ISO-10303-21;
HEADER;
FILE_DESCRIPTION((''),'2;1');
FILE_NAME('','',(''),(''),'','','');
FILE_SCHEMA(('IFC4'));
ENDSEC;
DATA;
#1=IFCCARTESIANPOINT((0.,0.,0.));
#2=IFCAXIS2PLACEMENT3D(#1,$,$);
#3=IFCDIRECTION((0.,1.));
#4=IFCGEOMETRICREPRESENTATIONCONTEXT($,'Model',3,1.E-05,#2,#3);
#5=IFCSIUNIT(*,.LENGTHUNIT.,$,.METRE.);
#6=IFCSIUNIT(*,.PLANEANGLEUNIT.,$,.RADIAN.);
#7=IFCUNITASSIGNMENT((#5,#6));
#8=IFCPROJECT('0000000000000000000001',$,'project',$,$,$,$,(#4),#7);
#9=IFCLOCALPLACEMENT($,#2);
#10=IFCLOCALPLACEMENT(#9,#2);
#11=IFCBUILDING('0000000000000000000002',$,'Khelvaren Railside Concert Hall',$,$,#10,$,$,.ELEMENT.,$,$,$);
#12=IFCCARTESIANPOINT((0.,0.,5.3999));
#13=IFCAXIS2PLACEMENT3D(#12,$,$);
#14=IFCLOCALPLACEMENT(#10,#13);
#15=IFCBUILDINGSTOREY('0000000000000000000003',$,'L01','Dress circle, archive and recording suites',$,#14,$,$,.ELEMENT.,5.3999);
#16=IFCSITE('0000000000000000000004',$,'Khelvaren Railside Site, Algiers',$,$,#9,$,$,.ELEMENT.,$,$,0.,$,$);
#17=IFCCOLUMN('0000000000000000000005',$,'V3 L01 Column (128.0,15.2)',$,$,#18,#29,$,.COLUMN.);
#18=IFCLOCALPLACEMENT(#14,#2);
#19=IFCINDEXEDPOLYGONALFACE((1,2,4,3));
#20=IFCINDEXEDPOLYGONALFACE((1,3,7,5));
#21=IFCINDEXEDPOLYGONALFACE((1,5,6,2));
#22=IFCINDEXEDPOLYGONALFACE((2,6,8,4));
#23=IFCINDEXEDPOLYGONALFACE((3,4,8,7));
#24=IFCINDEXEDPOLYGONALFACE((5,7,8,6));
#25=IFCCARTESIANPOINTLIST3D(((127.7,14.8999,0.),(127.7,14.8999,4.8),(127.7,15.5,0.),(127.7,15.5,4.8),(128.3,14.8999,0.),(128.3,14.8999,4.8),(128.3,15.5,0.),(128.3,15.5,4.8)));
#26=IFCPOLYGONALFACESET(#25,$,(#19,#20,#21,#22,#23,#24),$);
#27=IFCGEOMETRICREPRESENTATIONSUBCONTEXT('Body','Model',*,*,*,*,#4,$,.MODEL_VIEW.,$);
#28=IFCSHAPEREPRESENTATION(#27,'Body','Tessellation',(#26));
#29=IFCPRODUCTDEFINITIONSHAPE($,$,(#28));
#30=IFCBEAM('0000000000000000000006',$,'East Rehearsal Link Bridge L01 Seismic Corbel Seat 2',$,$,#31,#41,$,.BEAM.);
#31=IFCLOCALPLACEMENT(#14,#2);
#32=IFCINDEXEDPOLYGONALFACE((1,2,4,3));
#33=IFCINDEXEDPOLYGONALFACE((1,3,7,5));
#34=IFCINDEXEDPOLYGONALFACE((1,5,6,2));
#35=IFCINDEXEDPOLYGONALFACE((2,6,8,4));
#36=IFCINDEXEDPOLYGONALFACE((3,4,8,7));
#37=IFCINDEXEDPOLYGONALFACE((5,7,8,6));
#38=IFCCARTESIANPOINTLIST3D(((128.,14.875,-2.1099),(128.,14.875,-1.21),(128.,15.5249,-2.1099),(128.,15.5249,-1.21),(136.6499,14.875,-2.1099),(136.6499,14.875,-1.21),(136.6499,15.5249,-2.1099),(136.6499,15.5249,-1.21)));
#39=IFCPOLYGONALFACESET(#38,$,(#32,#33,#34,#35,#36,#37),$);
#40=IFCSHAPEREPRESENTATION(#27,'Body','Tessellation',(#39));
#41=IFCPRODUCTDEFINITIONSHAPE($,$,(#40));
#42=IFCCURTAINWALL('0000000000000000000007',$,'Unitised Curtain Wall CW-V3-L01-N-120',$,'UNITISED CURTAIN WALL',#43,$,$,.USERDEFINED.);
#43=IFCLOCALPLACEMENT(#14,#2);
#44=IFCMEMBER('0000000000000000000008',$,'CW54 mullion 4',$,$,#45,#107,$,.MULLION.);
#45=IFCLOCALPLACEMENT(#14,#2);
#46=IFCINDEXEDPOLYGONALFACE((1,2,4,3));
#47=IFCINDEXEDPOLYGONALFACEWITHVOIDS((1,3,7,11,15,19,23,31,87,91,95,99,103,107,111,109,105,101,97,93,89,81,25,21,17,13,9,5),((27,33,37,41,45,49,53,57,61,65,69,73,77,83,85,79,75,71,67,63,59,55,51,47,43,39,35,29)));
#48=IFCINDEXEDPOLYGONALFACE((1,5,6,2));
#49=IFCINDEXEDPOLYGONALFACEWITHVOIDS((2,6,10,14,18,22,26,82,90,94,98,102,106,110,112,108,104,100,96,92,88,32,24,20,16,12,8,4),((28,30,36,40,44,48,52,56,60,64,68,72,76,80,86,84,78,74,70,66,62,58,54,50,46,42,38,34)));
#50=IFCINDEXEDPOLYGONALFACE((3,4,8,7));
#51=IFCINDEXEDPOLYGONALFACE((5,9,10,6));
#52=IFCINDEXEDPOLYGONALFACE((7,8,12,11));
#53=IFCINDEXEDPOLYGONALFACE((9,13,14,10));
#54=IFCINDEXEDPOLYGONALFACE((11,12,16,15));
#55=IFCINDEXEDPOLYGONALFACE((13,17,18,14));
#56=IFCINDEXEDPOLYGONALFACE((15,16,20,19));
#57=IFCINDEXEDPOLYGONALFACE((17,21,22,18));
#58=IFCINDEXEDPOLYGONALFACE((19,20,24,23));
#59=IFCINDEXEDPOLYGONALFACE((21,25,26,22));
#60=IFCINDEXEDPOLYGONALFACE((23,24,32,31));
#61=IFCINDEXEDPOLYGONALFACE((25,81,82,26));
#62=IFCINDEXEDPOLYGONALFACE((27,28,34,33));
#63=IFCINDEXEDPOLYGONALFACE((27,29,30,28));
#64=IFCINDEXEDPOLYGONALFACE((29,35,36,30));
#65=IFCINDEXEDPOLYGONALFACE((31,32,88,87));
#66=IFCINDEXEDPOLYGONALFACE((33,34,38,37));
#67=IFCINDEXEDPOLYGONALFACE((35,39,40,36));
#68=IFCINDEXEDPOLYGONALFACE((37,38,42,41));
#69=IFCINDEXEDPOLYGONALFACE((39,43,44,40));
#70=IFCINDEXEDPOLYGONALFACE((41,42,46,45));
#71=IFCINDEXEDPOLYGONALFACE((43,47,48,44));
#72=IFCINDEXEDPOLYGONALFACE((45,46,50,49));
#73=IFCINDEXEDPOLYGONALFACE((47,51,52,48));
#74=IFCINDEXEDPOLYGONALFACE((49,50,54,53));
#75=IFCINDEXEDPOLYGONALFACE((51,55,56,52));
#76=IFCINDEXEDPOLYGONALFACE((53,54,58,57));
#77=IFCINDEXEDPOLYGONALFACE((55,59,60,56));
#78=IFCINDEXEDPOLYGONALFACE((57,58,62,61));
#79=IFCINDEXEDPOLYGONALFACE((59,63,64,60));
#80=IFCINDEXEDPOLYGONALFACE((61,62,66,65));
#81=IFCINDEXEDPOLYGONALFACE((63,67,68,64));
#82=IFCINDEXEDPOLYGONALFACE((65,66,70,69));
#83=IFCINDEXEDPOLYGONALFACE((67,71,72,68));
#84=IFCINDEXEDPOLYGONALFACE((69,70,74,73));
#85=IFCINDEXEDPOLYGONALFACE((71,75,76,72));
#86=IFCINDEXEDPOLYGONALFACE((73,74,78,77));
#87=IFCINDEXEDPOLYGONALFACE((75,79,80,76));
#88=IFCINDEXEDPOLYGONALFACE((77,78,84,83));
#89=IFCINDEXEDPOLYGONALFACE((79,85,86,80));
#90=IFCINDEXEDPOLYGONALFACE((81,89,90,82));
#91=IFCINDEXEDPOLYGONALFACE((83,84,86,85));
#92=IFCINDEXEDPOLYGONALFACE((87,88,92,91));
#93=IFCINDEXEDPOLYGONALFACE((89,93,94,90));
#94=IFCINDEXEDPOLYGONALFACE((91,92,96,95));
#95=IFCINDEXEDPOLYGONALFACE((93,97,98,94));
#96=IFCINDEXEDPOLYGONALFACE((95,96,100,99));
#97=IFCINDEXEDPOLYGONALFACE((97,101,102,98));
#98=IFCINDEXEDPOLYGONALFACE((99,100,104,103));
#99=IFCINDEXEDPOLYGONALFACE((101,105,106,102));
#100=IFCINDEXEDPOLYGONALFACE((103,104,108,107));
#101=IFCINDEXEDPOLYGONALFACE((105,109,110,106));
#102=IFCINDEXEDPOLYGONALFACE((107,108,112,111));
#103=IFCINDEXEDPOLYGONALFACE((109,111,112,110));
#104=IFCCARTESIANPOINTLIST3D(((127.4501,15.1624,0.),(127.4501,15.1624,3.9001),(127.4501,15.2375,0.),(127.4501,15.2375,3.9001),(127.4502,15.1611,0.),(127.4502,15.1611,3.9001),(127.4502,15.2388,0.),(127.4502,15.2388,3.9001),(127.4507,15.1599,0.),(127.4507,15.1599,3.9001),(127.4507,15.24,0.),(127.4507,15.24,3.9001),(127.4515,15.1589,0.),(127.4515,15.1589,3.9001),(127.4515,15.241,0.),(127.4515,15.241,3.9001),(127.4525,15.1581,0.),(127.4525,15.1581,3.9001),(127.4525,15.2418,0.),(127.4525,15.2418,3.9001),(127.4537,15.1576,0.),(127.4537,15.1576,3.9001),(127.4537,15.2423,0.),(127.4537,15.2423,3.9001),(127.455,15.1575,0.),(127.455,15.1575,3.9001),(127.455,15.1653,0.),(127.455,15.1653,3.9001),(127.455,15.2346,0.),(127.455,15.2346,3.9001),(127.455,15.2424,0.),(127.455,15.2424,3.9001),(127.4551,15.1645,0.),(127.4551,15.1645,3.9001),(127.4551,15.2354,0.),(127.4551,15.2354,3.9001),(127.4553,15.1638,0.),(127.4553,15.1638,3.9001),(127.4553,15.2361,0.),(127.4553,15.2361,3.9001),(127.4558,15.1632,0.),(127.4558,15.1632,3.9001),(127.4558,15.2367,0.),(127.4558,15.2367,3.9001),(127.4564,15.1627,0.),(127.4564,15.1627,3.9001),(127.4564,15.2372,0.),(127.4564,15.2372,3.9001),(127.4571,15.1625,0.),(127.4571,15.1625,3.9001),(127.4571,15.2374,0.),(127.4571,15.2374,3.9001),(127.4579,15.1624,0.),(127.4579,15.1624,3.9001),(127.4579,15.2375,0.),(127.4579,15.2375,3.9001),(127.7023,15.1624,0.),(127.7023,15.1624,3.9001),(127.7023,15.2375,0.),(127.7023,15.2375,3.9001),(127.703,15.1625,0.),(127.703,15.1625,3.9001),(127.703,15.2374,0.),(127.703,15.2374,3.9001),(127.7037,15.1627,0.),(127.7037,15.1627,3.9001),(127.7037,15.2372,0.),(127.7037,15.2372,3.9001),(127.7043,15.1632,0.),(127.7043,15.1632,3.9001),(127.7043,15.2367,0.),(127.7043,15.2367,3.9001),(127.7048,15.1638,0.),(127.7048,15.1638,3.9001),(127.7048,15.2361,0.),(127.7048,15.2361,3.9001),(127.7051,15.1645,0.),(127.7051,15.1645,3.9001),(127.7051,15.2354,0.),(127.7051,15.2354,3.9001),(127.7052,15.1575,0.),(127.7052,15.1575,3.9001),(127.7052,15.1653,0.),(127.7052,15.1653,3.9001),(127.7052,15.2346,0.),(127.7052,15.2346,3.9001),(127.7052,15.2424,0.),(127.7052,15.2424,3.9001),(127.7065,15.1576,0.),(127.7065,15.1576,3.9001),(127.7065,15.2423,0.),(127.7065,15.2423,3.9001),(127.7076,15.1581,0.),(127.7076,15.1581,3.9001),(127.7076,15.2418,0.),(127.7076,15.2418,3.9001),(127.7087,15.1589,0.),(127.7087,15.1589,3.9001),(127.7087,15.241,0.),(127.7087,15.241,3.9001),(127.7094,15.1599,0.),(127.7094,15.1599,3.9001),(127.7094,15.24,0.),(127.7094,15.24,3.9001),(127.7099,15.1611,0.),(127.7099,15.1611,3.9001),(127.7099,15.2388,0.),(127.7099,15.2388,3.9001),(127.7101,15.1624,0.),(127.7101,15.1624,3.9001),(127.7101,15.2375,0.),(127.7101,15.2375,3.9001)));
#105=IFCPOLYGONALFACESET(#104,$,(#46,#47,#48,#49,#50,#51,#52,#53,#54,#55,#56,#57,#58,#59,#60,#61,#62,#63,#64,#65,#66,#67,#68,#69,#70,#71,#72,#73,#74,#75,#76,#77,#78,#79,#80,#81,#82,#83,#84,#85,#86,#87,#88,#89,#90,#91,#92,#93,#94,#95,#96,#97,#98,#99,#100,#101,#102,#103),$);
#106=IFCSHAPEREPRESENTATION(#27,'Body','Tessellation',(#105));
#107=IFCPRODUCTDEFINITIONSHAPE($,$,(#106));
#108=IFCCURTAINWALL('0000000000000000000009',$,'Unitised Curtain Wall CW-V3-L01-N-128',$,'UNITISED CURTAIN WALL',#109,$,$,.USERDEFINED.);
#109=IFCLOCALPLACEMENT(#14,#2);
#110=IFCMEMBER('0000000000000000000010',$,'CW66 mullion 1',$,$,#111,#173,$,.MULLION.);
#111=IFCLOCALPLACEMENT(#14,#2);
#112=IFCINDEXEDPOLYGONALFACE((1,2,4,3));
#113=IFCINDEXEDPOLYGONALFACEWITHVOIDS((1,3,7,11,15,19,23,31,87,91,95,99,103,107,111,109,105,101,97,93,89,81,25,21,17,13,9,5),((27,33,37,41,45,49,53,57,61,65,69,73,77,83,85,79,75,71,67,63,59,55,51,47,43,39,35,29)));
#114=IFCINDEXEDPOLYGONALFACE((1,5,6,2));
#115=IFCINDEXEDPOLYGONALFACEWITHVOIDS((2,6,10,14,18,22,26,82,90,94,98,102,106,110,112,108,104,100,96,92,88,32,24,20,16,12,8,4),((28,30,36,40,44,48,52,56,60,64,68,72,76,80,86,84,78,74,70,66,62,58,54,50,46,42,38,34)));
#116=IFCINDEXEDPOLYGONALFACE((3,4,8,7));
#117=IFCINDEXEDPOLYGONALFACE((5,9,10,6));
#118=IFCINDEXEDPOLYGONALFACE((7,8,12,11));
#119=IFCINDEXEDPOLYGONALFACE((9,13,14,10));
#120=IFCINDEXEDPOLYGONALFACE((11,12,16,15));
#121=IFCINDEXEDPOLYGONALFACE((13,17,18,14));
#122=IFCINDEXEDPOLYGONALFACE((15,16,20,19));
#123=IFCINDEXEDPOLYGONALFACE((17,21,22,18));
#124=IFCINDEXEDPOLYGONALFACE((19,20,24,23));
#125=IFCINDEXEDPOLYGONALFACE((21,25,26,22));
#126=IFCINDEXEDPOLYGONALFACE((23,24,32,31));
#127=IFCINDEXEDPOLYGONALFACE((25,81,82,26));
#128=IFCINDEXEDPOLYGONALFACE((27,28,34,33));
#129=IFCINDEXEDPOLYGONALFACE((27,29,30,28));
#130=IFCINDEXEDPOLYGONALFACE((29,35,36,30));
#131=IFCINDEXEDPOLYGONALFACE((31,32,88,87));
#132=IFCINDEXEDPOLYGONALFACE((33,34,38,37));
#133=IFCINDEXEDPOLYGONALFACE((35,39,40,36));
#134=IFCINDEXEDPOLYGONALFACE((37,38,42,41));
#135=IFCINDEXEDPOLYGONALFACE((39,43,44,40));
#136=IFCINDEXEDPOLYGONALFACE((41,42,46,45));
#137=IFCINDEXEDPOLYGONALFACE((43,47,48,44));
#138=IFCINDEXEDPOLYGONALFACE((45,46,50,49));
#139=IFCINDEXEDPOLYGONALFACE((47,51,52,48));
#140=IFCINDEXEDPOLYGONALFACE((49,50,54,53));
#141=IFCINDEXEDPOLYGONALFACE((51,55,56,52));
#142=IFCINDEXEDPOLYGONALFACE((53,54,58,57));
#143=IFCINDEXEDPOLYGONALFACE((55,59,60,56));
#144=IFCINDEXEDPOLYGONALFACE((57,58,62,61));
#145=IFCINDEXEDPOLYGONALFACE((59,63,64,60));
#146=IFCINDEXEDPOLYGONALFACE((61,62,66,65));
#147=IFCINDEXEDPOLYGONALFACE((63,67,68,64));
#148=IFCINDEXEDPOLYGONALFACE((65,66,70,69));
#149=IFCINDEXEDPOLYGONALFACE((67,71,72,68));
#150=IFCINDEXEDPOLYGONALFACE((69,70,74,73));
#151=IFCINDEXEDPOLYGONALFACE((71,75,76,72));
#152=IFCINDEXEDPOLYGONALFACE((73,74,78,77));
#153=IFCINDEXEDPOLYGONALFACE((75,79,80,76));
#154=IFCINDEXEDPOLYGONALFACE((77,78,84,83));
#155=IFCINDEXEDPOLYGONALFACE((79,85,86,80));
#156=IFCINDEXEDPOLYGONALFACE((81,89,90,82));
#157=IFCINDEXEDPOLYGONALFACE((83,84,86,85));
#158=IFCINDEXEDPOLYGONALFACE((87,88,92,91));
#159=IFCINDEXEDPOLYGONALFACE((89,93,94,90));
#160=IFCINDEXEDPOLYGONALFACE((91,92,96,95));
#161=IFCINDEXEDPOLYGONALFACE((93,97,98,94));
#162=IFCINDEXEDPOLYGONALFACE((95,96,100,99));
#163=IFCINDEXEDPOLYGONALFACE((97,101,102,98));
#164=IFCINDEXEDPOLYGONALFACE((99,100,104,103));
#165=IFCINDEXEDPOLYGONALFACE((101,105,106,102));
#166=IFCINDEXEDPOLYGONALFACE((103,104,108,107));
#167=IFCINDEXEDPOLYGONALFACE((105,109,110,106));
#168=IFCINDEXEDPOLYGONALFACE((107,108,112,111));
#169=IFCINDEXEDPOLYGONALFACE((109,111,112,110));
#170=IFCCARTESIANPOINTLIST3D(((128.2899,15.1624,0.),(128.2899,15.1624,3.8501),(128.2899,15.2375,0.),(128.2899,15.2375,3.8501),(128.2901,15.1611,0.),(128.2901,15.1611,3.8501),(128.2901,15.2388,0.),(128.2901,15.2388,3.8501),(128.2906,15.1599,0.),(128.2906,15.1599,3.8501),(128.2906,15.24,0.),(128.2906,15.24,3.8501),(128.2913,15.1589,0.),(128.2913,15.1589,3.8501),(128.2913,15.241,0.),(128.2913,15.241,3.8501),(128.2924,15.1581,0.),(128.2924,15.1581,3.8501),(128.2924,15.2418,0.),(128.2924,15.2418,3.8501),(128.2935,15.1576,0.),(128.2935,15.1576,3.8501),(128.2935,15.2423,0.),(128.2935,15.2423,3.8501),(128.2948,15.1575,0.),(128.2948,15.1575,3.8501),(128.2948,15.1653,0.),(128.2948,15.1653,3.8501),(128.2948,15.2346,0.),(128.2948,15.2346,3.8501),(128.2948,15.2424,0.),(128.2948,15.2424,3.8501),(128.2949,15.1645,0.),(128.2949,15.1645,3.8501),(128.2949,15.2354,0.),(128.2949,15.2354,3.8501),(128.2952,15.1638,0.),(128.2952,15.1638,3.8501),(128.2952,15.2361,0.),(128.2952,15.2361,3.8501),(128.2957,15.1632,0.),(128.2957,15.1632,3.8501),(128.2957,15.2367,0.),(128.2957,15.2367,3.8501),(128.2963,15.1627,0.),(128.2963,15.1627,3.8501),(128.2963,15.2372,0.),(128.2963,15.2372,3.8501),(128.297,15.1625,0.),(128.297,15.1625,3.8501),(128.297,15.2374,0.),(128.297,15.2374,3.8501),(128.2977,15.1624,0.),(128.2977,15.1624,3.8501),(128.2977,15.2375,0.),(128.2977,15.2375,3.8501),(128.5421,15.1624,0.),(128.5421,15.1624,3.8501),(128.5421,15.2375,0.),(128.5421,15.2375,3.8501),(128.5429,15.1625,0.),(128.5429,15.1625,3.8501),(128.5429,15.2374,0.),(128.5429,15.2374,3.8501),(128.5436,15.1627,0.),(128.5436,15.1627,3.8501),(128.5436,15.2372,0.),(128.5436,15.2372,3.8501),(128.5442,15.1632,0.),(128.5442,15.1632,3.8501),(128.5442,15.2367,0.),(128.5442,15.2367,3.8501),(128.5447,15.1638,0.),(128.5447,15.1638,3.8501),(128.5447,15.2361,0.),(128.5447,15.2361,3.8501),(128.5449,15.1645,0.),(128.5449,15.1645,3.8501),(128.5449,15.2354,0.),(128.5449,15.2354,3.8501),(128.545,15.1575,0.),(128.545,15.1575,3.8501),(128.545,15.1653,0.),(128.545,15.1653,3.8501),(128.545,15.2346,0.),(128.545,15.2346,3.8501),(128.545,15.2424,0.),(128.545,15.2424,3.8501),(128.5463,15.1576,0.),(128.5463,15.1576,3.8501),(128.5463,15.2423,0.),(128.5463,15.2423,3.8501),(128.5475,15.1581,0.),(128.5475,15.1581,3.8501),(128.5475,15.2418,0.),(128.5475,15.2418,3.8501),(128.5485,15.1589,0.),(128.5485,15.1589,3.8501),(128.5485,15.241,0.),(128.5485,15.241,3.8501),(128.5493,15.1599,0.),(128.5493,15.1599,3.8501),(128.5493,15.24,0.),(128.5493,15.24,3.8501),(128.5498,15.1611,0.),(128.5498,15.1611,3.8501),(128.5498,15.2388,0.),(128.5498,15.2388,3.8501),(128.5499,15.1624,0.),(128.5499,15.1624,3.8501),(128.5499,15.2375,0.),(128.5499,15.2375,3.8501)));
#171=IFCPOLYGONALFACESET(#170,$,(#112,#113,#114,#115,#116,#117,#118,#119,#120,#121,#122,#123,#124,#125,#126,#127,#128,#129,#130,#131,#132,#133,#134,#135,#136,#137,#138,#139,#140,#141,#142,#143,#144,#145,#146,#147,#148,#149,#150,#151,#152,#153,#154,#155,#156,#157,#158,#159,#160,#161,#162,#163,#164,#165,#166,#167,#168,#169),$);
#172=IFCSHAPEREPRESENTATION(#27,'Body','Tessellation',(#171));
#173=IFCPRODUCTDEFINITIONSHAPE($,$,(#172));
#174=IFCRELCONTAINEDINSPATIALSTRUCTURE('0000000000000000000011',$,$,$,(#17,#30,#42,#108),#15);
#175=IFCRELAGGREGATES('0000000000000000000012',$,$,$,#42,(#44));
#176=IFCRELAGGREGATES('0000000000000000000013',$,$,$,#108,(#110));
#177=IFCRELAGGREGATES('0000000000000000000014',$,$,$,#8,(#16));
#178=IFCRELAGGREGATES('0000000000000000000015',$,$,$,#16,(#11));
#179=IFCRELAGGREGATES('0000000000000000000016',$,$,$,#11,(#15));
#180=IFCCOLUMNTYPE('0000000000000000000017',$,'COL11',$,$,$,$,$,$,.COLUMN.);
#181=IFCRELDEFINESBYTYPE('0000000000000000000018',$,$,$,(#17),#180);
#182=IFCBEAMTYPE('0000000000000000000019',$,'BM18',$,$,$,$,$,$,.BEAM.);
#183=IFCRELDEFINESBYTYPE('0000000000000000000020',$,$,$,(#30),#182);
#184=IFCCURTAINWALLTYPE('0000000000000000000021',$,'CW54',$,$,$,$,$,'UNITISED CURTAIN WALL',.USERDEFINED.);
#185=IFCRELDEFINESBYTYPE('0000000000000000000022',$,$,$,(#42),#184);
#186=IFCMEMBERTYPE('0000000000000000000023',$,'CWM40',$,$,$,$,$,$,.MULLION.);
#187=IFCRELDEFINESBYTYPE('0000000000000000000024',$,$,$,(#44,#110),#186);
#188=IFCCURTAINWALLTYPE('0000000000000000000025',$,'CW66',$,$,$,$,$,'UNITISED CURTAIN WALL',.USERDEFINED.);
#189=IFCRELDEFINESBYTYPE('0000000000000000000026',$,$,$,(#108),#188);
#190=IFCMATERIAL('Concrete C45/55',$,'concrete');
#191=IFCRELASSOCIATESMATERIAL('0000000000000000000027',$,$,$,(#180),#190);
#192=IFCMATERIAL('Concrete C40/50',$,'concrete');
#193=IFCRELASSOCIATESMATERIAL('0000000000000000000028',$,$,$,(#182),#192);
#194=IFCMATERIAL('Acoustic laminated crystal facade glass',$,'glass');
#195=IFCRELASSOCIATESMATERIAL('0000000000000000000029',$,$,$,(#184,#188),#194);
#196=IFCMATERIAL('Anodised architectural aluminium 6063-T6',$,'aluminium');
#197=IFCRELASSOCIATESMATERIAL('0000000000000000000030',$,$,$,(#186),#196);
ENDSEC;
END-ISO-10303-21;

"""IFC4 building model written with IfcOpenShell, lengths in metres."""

from ifc_helpers import new_model, si_unit, direction, frame, origin, origin_2d, place, context, subcontext, project, spatial, rectangle, hollow_rectangle, extrude, material, material_profile, profile_set, type_object, element, aggregate, save


model = new_model("IFC4")

# Units and contexts
model_context = context("Model", 3, precision=1e-05, world=origin(), true_north=direction((0.0, 1.0)))
body_context = subcontext(model_context, "Body", "Model", "MODEL_VIEW")
ifc_project = project(units=[si_unit("LENGTHUNIT", "METRE"), si_unit("PLANEANGLEUNIT", "RADIAN")], contexts=[model_context])

# Site, building, storey
site_placement = place(None, origin())
site = spatial("IfcSite", under=ifc_project, at=site_placement, Name="Khelvaren Railside Site, Algiers", CompositionType="ELEMENT", RefElevation=0.0)
building_placement = place(site_placement, origin())
building = spatial("IfcBuilding", under=site, at=building_placement, Name="Khelvaren Railside Concert Hall", CompositionType="ELEMENT")
storey_placement = place(building_placement, frame((0.0, 0.0, 5.3999)))
storey = spatial("IfcBuildingStorey", under=building, at=storey_placement, Name="L01", Description="Dress circle, archive and recording suites", CompositionType="ELEMENT", Elevation=5.3999)

# Column
ifc_material_1 = material(Name="Concrete C45/55", Category="concrete")
ifc_material_profile_1 = material_profile(ifc_material_1, rectangle(XDim=0.6001, YDim=0.6001, at=origin_2d()), Name="RC 600x600")
ifc_profile_set_1 = profile_set([ifc_material_profile_1], Name="Concrete C45/55")
column_type = type_object("IfcColumnType", Name="COL11", PredefinedType="COLUMN", material=ifc_profile_set_1)
column_placement = place(storey_placement, frame((128.0, 15.2, 0.0), z_axis=(0.0, 0.0, 1.0), x_axis=(1.0, 0.0, 0.0)))
element("IfcColumn", 1, at=column_placement, inside=storey, type_object=column_type, Name="V3 L01 Column (128.0,15.2)", PredefinedType="COLUMN", context=body_context, shape_type="SweptSolid", body=[
    extrude(rectangle(XDim=0.6001, YDim=0.6001, at=origin_2d()), origin(), (0.0, 0.0, 1.0), 4.8),
])

# Beam
ifc_material_2 = material(Name="Concrete C40/50", Category="concrete")
ifc_material_profile_2 = material_profile(ifc_material_2, rectangle(XDim=0.6499, YDim=0.8999, at=origin_2d()), Name="RCB 650x900")
ifc_profile_set_2 = profile_set([ifc_material_profile_2], Name="Concrete C40/50")
beam_type_1 = type_object("IfcBeamType", Name="BM18", PredefinedType="BEAM", material=ifc_profile_set_2)
beam_1_placement = place(storey_placement, frame((128.0, 15.2, -1.6599), z_axis=(1.0, 0.0, 0.0), x_axis=(0.0, 1.0, 0.0)))
element("IfcBeam", 2, at=beam_1_placement, inside=storey, type_object=beam_type_1, Name="East Rehearsal Link Bridge L01 Seismic Corbel Seat 2", PredefinedType="BEAM", context=body_context, shape_type="SweptSolid", body=[
    extrude(rectangle(XDim=0.6499, YDim=0.8999, at=origin_2d()), origin(), (0.0, 0.0, 1.0), 8.6499),
])

# Curtain wall, member
ifc_material_3 = material(Name="Acoustic laminated crystal facade glass", Category="glass")
curtain_wall_type_1 = type_object("IfcCurtainWallType", Name="CW54", ElementType="UNITISED CURTAIN WALL", PredefinedType="USERDEFINED", material=ifc_material_3)
curtain_wall_1_placement = place(storey_placement, origin())
curtain_wall_1 = element("IfcCurtainWall", 3, at=curtain_wall_1_placement, inside=storey, type_object=curtain_wall_type_1, Name="Unitised Curtain Wall CW-V3-L01-N-120", ObjectType="UNITISED CURTAIN WALL", PredefinedType="USERDEFINED")
ifc_material_4 = material(Name="Anodised architectural aluminium 6063-T6", Category="aluminium")
ifc_material_profile_3 = material_profile(ifc_material_4, hollow_rectangle(XDim=0.085, YDim=0.26, WallThickness=0.0049, InnerFilletRadius=0.0029, OuterFilletRadius=0.0049, at=origin_2d()), Name="CWM 85x260x5")
ifc_profile_set_3 = profile_set([ifc_material_profile_3], Name="Anodised architectural aluminium 6063-T6")
member_type_1 = type_object("IfcMemberType", Name="CWM40", PredefinedType="MULLION", material=ifc_profile_set_3)
member_1_placement = place(storey_placement, frame((127.5801, 15.2, 0.0), z_axis=(0.0, 0.0, 1.0), x_axis=(0.0, 1.0, 0.0)))
member_1 = element("IfcMember", 4, at=member_1_placement, type_object=member_type_1, Name="CW54 mullion 4", PredefinedType="MULLION", context=body_context, shape_type="SweptSolid", body=[
    extrude(hollow_rectangle(XDim=0.085, YDim=0.26, WallThickness=0.0049, InnerFilletRadius=0.0029, OuterFilletRadius=0.0049, at=origin_2d()), origin(), (0.0, 0.0, 1.0), 3.9001),
])

# Curtain wall, member
curtain_wall_type_2 = type_object("IfcCurtainWallType", Name="CW66", ElementType="UNITISED CURTAIN WALL", PredefinedType="USERDEFINED", material=ifc_material_3)
curtain_wall_2_placement = place(storey_placement, origin())
curtain_wall_2 = element("IfcCurtainWall", 5, at=curtain_wall_2_placement, inside=storey, type_object=curtain_wall_type_2, Name="Unitised Curtain Wall CW-V3-L01-N-128", ObjectType="UNITISED CURTAIN WALL", PredefinedType="USERDEFINED")
member_2_placement = place(storey_placement, frame((128.4199, 15.2, 0.0), z_axis=(0.0, 0.0, 1.0), x_axis=(0.0, 1.0, 0.0)))
member_2 = element("IfcMember", 6, at=member_2_placement, type_object=member_type_1, Name="CW66 mullion 1", PredefinedType="MULLION", context=body_context, shape_type="SweptSolid", body=[
    extrude(hollow_rectangle(XDim=0.085, YDim=0.26, WallThickness=0.0049, InnerFilletRadius=0.0029, OuterFilletRadius=0.0049, at=origin_2d()), origin(), (0.0, 0.0, 1.0), 3.8501),
])

aggregate(curtain_wall_1, [member_1])
aggregate(curtain_wall_2, [member_2])

save(model, "model.ifc")
